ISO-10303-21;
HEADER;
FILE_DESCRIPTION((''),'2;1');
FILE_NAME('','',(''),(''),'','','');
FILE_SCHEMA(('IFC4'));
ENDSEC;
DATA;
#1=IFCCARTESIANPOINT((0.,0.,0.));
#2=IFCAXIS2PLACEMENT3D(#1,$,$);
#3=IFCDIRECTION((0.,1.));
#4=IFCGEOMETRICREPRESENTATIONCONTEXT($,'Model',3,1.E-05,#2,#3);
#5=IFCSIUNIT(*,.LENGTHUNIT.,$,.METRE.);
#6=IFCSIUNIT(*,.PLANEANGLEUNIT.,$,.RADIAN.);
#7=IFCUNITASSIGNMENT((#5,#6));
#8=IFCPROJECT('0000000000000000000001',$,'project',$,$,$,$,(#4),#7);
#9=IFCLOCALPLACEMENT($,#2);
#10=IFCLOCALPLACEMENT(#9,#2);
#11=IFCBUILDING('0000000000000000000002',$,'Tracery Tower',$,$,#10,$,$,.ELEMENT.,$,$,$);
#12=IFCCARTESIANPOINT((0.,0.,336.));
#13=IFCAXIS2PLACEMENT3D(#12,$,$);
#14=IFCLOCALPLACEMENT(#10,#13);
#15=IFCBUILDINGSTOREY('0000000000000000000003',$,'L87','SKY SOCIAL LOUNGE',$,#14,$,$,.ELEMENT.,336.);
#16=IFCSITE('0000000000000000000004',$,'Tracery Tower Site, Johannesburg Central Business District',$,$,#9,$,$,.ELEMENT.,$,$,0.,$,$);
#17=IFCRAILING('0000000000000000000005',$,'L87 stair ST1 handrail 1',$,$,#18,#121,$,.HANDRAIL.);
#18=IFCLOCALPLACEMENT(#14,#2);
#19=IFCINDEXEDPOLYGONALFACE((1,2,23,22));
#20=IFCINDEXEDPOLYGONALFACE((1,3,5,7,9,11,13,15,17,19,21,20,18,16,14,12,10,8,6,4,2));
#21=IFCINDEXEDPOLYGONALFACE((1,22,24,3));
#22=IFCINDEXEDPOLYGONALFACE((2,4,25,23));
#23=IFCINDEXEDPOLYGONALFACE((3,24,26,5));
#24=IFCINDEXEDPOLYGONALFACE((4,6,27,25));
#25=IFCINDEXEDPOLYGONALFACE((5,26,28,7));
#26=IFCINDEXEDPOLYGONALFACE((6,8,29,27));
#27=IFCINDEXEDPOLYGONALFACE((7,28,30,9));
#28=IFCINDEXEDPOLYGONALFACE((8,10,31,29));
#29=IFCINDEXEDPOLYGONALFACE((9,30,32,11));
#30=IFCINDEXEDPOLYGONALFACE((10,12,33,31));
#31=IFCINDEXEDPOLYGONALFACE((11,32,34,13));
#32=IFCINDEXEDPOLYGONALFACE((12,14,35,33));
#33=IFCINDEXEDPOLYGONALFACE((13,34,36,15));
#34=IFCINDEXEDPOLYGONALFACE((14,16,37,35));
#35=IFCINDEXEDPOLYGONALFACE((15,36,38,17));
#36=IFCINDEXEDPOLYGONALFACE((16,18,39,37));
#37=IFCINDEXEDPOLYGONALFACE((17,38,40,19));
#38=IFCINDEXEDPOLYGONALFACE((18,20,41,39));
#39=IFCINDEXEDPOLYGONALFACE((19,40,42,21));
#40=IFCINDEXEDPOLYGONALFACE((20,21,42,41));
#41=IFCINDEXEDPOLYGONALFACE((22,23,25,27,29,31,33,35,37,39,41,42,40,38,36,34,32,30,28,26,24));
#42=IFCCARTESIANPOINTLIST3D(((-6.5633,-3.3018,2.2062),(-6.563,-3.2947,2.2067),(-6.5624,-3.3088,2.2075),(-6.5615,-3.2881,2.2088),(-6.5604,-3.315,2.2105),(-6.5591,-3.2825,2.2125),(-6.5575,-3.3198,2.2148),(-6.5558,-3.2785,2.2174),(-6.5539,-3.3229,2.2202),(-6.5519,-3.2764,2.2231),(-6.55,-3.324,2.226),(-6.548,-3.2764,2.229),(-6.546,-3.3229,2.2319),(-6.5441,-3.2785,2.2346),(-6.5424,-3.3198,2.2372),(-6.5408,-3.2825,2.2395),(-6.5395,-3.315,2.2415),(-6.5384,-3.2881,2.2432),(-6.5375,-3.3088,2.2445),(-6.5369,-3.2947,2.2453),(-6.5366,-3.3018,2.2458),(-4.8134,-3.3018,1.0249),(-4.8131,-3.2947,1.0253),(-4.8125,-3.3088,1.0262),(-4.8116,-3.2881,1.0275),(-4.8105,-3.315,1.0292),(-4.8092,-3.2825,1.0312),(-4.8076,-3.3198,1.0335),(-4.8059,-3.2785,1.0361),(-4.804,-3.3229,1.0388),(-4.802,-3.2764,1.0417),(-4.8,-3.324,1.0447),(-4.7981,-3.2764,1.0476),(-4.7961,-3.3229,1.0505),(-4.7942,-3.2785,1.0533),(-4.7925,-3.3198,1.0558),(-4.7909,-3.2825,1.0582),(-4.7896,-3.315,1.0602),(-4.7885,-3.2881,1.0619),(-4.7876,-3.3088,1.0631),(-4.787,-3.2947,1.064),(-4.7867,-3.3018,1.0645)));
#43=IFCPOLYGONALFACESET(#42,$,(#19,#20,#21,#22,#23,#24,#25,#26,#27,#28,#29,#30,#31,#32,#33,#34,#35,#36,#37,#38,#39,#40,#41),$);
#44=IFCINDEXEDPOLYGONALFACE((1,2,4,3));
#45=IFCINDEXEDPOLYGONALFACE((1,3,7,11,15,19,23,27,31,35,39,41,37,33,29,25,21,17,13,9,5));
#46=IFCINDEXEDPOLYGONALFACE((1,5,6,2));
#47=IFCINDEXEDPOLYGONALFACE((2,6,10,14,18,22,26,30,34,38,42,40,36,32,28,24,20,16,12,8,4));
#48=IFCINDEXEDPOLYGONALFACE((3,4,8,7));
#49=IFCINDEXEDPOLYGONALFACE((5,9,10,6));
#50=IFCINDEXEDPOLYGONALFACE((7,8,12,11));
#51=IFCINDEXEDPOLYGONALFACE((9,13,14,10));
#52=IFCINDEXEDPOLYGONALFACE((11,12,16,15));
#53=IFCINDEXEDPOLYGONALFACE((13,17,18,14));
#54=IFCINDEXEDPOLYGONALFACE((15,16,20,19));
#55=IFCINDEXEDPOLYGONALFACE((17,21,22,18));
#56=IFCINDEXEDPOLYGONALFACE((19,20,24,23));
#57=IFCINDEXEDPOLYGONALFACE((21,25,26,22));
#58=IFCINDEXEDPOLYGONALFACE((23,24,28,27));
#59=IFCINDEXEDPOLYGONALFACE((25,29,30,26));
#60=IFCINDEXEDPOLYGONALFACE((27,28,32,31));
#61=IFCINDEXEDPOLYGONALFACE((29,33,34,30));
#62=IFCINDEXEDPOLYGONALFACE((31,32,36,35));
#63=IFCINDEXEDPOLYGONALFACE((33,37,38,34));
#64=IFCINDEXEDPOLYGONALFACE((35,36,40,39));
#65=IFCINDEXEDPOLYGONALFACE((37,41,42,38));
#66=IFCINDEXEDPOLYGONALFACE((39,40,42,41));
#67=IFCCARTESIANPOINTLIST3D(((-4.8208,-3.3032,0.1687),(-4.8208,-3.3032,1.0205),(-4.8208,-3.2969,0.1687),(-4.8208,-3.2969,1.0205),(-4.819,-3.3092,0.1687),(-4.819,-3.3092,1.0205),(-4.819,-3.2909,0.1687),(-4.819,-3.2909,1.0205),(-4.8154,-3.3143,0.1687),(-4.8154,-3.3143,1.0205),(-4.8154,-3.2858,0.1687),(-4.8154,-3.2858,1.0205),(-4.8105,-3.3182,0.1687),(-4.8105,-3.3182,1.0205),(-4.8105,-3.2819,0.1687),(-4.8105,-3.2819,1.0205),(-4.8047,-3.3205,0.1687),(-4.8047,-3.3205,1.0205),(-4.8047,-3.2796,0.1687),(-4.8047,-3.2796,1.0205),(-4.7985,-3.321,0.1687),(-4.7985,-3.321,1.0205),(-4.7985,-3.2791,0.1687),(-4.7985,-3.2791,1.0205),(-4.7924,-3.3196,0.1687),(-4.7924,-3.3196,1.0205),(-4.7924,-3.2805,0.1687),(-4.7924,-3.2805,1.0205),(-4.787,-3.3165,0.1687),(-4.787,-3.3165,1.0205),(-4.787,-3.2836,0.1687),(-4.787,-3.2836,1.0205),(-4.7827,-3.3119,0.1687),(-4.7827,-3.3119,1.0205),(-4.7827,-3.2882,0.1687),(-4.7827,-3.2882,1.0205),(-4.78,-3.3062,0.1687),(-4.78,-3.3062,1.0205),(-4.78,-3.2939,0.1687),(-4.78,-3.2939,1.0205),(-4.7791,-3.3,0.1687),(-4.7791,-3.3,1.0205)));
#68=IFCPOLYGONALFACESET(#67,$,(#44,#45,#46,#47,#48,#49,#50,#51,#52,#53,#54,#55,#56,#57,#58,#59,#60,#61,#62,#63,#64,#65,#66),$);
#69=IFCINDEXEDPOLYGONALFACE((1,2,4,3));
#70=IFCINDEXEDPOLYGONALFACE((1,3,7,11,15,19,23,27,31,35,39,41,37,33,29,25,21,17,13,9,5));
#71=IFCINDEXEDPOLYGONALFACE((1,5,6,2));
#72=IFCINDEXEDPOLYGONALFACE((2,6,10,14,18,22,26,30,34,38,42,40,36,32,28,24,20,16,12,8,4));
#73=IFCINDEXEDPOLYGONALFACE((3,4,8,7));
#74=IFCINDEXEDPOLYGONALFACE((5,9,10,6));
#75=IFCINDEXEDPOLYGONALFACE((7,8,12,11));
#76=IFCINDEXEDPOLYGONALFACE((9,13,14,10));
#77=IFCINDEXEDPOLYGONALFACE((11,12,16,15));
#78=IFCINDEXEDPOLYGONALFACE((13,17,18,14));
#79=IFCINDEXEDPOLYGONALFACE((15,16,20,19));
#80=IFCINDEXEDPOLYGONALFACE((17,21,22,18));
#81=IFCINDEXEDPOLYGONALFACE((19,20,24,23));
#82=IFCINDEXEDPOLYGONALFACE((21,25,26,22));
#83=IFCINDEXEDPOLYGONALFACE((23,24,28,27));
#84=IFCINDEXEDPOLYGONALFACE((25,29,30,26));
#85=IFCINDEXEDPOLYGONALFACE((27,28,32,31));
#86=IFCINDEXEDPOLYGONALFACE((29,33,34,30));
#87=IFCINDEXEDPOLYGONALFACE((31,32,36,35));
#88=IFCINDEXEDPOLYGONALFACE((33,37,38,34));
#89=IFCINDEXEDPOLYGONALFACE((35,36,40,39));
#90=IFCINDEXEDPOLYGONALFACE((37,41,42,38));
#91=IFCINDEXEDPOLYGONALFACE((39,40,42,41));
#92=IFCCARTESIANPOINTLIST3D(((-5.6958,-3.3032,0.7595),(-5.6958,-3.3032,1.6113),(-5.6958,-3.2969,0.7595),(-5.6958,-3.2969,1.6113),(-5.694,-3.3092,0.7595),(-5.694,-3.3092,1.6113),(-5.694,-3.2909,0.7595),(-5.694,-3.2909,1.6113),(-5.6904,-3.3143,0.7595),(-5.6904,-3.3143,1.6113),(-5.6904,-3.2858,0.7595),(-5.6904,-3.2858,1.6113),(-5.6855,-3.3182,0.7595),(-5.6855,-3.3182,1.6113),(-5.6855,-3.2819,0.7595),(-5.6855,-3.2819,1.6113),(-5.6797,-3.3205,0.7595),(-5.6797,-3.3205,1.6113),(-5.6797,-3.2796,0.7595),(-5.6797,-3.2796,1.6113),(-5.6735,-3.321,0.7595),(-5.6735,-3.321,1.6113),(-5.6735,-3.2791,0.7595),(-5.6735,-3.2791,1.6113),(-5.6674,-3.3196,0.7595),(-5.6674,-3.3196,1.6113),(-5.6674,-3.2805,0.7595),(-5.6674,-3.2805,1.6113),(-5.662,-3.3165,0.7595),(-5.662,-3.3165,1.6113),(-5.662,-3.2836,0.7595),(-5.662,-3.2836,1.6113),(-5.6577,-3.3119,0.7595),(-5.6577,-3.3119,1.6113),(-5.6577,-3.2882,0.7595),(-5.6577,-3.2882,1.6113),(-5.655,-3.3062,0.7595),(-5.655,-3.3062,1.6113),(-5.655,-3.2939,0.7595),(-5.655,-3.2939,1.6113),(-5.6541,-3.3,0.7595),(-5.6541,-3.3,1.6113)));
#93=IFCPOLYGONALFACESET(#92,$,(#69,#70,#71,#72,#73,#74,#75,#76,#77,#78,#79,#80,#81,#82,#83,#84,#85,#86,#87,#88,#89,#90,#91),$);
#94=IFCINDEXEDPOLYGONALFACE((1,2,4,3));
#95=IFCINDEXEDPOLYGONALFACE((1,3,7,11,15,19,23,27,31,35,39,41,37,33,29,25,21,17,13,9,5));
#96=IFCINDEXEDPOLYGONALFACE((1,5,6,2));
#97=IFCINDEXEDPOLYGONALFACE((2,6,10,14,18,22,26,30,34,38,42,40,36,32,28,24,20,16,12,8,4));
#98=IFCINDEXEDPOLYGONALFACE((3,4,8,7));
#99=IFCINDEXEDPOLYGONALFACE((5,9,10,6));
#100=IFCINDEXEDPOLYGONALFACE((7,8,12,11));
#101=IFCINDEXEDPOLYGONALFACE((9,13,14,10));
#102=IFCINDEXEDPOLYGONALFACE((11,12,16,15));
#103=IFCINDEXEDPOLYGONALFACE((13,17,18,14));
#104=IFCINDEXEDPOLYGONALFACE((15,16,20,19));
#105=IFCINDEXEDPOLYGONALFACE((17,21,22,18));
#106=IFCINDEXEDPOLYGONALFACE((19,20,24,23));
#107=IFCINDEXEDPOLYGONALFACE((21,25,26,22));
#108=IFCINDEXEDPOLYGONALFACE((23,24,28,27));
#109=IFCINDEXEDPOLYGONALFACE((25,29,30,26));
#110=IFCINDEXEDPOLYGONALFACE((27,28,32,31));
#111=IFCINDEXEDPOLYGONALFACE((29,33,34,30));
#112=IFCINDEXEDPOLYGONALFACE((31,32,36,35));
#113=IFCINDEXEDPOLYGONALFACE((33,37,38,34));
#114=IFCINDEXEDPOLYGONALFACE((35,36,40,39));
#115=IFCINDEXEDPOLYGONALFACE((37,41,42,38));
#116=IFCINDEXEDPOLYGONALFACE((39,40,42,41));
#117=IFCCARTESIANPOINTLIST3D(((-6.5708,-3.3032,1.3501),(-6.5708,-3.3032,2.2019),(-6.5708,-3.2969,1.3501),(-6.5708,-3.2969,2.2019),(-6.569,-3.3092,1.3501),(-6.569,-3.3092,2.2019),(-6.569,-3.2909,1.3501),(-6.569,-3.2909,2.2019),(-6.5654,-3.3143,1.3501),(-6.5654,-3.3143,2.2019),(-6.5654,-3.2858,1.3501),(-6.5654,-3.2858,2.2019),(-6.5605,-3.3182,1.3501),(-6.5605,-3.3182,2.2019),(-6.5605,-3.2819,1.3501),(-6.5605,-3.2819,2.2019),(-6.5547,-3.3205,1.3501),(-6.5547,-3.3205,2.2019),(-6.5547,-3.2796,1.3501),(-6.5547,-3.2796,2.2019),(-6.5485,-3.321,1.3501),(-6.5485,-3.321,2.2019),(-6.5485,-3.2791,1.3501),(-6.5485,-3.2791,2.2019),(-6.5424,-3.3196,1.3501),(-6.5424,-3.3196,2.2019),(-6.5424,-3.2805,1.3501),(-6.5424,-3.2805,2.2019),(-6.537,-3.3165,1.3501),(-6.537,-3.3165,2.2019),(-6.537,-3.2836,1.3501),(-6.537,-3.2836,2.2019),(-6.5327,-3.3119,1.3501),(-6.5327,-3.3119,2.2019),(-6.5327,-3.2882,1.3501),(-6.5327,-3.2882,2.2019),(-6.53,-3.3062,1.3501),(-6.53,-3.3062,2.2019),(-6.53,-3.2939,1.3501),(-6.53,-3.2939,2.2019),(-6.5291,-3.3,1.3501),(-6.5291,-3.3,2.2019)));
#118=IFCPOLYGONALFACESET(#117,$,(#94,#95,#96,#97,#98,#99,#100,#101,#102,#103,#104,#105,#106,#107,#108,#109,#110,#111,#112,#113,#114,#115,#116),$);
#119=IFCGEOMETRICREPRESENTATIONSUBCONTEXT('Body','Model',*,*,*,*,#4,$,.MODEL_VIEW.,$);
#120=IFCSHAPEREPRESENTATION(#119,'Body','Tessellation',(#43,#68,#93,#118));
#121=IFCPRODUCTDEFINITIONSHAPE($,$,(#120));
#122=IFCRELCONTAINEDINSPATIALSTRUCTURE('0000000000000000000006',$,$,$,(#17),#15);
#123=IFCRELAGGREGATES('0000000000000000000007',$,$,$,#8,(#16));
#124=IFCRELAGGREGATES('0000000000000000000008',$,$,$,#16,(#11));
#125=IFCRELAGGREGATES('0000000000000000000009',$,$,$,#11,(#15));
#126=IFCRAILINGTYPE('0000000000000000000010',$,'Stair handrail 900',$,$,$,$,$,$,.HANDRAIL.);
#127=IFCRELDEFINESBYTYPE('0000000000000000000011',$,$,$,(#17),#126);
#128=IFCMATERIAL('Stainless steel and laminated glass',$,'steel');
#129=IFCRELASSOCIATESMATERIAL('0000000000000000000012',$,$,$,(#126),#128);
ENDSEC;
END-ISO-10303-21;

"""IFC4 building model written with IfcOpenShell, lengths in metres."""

from ifc_helpers import new_model, si_unit, direction, frame, origin, origin_2d, place, context, subcontext, project, spatial, circle, extrude, material, type_object, element, save


model = new_model("IFC4")

# Units and contexts
model_context = context("Model", 3, precision=1e-05, world=origin(), true_north=direction((0.0, 1.0)))
body_context = subcontext(model_context, "Body", "Model", "MODEL_VIEW")
ifc_project = project(units=[si_unit("LENGTHUNIT", "METRE"), si_unit("PLANEANGLEUNIT", "RADIAN")], contexts=[model_context])

# Site, building, storey
site_placement = place(None, origin())
site = spatial("IfcSite", under=ifc_project, at=site_placement, Name="Tracery Tower Site, Johannesburg Central Business District", CompositionType="ELEMENT", RefElevation=0.0)
building_placement = place(site_placement, origin())
building = spatial("IfcBuilding", under=site, at=building_placement, Name="Tracery Tower", CompositionType="ELEMENT")
storey_placement = place(building_placement, frame((0.0, 0.0, 336.0)))
storey = spatial("IfcBuildingStorey", under=building, at=storey_placement, Name="L87", Description="SKY SOCIAL LOUNGE", CompositionType="ELEMENT", Elevation=336.0)

# Railing
ifc_material_1 = material(Name="Stainless steel and laminated glass", Category="steel")
railing_type_1 = type_object("IfcRailingType", Name="Stair handrail 900", PredefinedType="HANDRAIL", material=ifc_material_1)
railing_1_placement = place(storey_placement, frame((-4.8, -3.3, 0.1687)))
element("IfcRailing", 1, at=railing_1_placement, inside=storey, type_object=railing_type_1, Name="L87 stair ST1 handrail 1", PredefinedType="HANDRAIL", context=body_context, shape_type="SweptSolid", body=[
    extrude(circle(Radius=0.0239, at=origin_2d()), frame((0.0, 0.0, 0.876), z_axis=(-0.828817, 0.0, 0.559521), x_axis=(0.0, -1.0, 0.0)), (0.0, 0.0, 1.0), 2.1113),
    extrude(circle(Radius=0.021, at=origin_2d()), origin(), (0.0, 0.0, 1.0), 0.8518),
    extrude(circle(Radius=0.021, at=origin_2d()), frame((-0.875, 0.0, 0.5908)), (0.0, 0.0, 1.0), 0.8518),
    extrude(circle(Radius=0.021, at=origin_2d()), frame((-1.75, 0.0, 1.1814)), (0.0, 0.0, 1.0), 0.8518),
])

save(model, "model.ifc")
